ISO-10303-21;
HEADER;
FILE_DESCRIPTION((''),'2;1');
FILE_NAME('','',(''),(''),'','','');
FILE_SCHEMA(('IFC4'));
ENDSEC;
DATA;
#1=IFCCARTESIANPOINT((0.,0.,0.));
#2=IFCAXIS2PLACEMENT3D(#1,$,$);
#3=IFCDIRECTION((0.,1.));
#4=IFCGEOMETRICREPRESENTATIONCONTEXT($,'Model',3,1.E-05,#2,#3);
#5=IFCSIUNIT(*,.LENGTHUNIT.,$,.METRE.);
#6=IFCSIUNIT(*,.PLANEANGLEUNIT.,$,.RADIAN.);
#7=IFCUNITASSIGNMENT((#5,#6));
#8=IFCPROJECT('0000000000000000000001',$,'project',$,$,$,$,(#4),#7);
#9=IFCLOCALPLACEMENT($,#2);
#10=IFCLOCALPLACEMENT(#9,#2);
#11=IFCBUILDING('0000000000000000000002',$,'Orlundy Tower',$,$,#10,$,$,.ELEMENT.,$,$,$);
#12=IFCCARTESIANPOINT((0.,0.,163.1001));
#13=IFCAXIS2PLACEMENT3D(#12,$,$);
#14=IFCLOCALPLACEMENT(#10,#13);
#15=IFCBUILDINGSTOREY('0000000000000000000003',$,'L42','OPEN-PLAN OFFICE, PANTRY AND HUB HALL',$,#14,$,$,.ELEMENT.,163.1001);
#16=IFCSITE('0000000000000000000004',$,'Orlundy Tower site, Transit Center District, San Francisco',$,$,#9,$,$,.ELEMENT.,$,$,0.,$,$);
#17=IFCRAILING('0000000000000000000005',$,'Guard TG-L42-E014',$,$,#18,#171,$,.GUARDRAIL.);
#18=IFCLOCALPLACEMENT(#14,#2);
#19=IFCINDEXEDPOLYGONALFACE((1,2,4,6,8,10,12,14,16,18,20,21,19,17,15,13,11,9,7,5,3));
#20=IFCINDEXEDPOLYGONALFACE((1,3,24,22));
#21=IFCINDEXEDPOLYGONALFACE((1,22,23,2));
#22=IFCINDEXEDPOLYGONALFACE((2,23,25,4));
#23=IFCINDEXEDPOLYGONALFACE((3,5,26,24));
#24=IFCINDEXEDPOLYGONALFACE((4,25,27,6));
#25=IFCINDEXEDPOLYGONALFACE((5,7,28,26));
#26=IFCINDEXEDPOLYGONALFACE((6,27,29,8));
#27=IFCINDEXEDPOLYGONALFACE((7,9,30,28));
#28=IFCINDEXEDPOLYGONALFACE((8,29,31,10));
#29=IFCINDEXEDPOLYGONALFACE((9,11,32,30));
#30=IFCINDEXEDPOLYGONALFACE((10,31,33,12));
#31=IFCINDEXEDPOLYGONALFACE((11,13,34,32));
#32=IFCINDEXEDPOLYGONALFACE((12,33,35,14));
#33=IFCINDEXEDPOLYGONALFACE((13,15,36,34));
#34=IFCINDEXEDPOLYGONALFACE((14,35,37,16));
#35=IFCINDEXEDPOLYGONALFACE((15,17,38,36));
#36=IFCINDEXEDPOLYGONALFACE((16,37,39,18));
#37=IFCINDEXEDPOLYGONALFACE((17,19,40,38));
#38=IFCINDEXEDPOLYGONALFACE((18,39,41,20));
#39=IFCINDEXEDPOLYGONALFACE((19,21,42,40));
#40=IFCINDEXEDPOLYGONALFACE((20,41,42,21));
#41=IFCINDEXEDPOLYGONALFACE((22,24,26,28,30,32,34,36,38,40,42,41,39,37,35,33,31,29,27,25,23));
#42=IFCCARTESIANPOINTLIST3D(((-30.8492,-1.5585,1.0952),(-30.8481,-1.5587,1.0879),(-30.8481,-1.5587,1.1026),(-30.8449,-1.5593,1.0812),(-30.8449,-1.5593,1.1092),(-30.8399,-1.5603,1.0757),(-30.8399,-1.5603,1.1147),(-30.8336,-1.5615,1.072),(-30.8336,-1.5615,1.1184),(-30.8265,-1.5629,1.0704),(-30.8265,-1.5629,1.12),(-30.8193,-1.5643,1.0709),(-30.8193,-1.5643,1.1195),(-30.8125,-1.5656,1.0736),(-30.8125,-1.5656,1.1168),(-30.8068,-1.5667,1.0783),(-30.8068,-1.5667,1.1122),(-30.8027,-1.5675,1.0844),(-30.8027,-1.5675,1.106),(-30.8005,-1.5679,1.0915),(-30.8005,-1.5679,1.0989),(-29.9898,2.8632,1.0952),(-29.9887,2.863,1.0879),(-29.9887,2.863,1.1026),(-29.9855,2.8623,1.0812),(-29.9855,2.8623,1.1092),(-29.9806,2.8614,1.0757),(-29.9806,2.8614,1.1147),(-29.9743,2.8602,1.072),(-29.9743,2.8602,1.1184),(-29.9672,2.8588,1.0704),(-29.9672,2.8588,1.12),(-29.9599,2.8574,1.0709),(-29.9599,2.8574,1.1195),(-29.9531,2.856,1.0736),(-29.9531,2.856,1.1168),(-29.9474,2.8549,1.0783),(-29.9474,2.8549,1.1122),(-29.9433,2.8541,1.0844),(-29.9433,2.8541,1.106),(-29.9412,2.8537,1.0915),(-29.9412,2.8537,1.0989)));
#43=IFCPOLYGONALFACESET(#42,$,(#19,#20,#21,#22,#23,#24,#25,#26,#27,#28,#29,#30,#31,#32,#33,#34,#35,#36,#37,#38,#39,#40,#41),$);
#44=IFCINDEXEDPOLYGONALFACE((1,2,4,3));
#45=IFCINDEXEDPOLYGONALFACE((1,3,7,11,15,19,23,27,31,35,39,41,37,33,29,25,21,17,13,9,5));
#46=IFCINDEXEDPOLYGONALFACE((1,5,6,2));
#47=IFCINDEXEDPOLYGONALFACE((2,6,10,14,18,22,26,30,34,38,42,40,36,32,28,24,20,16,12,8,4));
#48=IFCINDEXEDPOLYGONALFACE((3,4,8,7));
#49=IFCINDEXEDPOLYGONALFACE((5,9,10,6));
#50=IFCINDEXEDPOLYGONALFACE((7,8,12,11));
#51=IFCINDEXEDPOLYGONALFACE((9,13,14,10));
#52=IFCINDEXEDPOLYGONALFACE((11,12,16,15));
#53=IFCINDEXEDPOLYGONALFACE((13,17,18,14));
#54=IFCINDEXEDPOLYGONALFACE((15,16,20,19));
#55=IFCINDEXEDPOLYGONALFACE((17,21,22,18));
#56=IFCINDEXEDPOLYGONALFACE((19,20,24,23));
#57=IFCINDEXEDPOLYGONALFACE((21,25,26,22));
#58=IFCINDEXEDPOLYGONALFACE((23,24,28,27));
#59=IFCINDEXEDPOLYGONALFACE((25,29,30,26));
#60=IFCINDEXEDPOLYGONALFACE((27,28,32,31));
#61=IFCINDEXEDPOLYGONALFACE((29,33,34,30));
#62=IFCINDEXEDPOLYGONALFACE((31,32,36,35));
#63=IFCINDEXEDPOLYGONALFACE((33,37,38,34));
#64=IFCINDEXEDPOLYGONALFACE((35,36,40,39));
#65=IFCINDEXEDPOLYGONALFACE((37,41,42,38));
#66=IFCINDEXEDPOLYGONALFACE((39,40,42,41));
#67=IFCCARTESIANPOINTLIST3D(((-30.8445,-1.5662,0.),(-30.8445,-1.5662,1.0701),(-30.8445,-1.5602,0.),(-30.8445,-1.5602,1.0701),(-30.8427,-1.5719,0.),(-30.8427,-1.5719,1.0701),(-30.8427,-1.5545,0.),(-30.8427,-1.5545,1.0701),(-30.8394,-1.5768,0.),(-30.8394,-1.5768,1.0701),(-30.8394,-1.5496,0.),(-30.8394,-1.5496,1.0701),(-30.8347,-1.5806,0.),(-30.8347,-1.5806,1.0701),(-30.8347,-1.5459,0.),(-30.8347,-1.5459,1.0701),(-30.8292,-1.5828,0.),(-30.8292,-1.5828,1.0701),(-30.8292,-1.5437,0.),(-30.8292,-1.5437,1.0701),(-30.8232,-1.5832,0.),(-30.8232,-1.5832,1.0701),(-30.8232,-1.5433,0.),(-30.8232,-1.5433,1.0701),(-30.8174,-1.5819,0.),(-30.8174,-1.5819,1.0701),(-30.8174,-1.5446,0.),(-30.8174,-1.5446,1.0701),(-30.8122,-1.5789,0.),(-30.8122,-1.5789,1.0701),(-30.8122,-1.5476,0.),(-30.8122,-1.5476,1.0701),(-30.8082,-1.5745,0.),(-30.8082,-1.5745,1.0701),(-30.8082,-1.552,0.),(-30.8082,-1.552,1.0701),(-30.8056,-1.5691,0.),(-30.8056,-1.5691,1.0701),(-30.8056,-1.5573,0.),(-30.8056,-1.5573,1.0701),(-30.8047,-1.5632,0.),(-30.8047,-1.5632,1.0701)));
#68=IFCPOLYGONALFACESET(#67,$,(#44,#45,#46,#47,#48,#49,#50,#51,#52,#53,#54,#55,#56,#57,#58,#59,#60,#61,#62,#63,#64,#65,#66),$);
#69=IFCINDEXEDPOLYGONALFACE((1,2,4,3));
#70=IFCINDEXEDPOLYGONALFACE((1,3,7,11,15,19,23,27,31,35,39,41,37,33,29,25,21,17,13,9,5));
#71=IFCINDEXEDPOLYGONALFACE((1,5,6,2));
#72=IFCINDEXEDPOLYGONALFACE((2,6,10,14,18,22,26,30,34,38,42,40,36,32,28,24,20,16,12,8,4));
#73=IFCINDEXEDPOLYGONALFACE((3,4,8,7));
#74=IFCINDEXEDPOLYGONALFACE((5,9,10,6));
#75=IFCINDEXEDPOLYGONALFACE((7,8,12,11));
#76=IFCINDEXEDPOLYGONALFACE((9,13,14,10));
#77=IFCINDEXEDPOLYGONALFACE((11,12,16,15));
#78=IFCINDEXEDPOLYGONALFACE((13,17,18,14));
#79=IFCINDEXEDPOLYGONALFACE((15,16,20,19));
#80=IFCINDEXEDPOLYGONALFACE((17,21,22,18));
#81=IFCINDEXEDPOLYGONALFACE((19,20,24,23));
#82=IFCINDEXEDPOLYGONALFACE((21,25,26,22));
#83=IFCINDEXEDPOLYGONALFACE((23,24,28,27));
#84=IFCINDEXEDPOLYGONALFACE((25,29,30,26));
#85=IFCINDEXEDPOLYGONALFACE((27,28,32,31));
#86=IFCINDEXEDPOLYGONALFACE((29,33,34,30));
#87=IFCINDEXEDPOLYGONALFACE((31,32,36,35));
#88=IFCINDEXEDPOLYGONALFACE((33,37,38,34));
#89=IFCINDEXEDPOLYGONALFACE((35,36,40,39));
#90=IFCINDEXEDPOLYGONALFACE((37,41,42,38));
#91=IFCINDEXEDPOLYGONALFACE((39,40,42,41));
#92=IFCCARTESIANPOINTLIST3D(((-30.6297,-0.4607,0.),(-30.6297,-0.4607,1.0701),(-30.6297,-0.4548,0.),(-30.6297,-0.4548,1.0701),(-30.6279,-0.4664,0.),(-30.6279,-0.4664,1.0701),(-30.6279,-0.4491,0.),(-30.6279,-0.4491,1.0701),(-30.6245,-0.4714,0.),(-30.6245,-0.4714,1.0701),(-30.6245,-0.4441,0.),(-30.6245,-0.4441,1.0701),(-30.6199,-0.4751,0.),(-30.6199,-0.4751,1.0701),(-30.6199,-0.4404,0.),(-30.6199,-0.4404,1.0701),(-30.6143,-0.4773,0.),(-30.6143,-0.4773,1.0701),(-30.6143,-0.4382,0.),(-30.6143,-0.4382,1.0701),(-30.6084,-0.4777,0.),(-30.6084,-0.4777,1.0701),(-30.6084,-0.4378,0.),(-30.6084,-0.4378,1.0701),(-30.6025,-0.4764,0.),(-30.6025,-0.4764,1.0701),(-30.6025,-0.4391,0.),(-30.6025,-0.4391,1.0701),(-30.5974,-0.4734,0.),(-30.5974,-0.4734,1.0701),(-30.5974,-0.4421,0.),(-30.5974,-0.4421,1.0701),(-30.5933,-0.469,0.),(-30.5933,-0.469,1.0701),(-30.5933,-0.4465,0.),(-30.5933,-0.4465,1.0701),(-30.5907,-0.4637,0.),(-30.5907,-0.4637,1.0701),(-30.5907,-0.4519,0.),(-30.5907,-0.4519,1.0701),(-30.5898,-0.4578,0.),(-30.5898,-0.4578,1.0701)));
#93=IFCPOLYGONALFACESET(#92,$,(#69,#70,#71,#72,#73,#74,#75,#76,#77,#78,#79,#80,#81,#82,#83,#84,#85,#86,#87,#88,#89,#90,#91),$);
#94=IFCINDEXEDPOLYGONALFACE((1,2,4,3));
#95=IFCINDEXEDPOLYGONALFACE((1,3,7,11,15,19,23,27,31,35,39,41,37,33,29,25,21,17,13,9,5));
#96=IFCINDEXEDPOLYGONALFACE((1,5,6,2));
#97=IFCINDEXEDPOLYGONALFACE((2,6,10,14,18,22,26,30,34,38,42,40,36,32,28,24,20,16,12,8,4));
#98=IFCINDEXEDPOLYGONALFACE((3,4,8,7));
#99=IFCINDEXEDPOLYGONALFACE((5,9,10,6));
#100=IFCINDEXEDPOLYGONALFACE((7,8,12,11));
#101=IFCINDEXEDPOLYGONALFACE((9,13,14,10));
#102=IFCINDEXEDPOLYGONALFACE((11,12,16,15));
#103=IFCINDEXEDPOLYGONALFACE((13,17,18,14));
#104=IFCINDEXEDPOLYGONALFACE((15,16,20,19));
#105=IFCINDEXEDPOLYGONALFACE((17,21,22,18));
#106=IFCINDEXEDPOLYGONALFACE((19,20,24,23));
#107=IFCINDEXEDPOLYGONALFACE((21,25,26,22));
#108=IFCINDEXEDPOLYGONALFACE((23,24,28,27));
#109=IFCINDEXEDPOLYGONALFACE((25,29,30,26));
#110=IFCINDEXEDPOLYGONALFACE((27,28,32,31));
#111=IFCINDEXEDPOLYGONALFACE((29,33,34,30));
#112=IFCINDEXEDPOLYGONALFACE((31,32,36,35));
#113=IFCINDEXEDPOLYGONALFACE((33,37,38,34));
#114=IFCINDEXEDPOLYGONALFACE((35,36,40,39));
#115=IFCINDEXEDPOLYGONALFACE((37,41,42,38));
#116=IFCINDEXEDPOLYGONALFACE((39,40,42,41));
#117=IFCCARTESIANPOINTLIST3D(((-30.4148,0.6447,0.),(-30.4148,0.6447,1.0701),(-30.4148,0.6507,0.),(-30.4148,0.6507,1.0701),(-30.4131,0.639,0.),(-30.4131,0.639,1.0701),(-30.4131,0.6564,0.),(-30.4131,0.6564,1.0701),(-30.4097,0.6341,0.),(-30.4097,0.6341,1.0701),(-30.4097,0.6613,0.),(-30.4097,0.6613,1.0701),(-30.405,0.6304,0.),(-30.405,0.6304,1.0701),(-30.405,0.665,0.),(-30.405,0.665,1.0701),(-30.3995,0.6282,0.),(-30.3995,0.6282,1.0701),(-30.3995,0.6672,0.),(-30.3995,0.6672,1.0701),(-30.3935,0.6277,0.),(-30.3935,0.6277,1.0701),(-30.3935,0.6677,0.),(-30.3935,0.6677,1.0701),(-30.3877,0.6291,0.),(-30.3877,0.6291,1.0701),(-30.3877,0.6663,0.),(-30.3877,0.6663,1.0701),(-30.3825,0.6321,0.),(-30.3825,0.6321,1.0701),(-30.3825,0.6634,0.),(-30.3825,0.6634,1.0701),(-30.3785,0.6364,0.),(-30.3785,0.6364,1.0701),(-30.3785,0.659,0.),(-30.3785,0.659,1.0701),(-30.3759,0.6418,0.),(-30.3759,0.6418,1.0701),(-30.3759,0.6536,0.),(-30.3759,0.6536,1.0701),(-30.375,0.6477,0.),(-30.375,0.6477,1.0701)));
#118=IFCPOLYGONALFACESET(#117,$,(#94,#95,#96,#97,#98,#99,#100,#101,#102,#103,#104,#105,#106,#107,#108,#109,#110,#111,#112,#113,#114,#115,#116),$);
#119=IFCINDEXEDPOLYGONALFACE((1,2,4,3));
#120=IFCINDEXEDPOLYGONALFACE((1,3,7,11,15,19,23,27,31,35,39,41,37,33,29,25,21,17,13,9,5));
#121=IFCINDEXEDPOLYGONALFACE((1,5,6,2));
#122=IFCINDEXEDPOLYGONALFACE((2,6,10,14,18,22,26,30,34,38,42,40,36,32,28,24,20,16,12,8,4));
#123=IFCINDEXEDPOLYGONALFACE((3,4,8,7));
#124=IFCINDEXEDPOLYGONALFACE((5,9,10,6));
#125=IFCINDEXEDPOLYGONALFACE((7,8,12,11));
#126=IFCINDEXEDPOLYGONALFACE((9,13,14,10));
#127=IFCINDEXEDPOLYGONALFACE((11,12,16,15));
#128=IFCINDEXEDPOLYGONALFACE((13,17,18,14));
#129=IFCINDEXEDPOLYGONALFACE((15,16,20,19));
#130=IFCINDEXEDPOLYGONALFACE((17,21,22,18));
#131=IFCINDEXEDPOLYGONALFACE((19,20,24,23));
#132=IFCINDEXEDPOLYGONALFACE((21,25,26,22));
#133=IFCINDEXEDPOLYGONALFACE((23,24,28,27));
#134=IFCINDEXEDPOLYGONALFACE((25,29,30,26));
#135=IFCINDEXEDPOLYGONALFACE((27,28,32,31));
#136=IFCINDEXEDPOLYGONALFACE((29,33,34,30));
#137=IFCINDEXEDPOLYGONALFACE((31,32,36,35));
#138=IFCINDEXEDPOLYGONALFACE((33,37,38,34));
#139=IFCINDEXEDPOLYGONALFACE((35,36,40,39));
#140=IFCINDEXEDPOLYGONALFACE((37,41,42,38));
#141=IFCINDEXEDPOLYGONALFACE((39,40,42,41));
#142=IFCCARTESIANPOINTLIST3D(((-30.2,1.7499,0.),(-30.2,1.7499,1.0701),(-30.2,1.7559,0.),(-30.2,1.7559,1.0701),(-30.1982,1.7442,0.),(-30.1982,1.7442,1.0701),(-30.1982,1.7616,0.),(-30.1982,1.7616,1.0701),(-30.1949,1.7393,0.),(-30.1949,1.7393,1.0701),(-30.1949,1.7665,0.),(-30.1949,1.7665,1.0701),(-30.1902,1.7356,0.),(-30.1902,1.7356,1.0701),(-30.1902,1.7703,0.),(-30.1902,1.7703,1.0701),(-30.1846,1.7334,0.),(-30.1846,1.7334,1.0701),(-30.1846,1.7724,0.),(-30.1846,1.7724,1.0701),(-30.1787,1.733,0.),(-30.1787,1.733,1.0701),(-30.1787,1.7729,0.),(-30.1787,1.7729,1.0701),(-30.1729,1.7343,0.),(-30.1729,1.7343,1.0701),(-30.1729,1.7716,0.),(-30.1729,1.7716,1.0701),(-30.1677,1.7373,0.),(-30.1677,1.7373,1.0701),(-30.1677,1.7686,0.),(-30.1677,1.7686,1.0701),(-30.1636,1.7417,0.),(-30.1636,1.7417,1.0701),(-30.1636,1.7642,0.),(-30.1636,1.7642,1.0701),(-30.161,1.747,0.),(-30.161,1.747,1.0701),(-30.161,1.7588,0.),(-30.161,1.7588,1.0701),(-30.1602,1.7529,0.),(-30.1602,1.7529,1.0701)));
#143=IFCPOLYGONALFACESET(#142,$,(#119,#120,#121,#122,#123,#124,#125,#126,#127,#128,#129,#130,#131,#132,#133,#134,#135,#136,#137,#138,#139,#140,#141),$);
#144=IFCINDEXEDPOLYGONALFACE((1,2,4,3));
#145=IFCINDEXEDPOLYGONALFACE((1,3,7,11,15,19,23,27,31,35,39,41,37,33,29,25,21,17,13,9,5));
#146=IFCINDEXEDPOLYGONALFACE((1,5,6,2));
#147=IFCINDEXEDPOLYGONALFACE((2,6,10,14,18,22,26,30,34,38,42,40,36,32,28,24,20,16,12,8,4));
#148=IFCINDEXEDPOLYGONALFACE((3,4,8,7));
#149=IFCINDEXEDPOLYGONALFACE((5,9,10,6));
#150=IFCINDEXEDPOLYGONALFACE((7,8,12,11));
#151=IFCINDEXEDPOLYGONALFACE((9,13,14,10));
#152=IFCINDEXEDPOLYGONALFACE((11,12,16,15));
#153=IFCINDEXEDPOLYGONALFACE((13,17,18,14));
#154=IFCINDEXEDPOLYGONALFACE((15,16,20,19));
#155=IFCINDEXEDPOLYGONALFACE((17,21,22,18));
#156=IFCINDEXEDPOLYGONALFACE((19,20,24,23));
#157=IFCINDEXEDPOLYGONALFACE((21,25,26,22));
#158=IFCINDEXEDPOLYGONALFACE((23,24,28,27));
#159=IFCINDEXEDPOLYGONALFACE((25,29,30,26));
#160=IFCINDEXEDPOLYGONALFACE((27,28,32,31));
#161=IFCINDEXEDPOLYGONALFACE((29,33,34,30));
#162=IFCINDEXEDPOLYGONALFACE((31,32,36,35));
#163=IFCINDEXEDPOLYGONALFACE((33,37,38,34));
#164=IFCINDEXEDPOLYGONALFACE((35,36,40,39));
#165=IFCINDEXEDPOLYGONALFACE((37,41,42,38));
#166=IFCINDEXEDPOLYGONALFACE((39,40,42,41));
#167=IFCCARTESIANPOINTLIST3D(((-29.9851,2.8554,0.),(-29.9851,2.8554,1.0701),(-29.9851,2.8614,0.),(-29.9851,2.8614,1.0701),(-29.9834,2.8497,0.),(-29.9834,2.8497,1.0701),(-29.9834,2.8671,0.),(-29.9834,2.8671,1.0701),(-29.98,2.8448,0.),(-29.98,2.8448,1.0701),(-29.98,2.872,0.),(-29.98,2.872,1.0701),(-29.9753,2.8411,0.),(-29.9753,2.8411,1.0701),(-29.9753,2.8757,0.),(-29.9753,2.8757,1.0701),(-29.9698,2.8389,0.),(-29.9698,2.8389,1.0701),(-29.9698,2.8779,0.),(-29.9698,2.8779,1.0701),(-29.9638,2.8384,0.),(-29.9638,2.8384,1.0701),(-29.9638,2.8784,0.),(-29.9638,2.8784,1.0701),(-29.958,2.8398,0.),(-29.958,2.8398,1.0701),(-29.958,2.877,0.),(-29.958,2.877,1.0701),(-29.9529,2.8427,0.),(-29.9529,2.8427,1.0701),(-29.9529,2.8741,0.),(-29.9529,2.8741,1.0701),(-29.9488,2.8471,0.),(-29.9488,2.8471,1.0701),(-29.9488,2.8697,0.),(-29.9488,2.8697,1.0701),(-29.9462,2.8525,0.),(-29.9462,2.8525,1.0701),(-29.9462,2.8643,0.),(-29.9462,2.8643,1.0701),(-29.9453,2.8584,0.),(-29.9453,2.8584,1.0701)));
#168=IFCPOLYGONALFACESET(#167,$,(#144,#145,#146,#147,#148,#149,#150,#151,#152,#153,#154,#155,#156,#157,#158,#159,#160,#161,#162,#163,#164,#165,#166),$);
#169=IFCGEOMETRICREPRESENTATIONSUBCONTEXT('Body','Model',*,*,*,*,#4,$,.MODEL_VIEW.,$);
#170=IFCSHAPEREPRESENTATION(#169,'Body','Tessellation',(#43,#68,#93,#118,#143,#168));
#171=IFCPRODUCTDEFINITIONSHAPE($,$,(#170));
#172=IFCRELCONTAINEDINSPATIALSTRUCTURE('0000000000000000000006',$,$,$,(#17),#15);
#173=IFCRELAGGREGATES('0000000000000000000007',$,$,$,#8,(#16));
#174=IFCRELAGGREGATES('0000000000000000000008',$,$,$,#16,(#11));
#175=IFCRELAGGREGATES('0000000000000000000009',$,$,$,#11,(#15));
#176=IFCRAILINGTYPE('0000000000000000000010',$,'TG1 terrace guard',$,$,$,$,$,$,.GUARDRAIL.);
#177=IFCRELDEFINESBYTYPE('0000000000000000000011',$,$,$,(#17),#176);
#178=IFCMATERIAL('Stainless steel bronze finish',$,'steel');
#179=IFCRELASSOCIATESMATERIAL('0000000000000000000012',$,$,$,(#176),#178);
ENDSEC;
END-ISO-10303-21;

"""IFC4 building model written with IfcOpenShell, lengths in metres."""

from ifc_helpers import new_model, si_unit, direction, frame, origin, origin_2d, place, context, subcontext, project, spatial, circle, extrude, material, type_object, element, save


model = new_model("IFC4")

# Units and contexts
model_context = context("Model", 3, precision=1e-05, world=origin(), true_north=direction((0.0, 1.0)))
body_context = subcontext(model_context, "Body", "Model", "MODEL_VIEW")
ifc_project = project(units=[si_unit("LENGTHUNIT", "METRE"), si_unit("PLANEANGLEUNIT", "RADIAN")], contexts=[model_context])

# Site, building, storey
site_placement = place(None, origin())
site = spatial("IfcSite", under=ifc_project, at=site_placement, Name="Orlundy Tower site, Transit Center District, San Francisco", CompositionType="ELEMENT", RefElevation=0.0)
building_placement = place(site_placement, origin())
building = spatial("IfcBuilding", under=site, at=building_placement, Name="Orlundy Tower", CompositionType="ELEMENT")
storey_placement = place(building_placement, frame((0.0, 0.0, 163.1001)))
storey = spatial("IfcBuildingStorey", under=building, at=storey_placement, Name="L42", Description="OPEN-PLAN OFFICE, PANTRY AND HUB HALL", CompositionType="ELEMENT", Elevation=163.1001)

# Railing
ifc_material_1 = material(Name="Stainless steel bronze finish", Category="steel")
railing_type = type_object("IfcRailingType", Name="TG1 terrace guard", PredefinedType="GUARDRAIL", material=ifc_material_1)
railing_1_placement = place(storey_placement, frame((-30.8247, -1.5632, 0.0)))
element("IfcRailing", 1, at=railing_1_placement, inside=storey, type_object=railing_type, Name="Guard TG-L42-E014", PredefinedType="GUARDRAIL", context=body_context, shape_type="SweptSolid", body=[
    extrude(circle(Radius=0.0249, at=origin_2d()), frame((0.0, 0.0, 1.0952), z_axis=(0.190787, 0.981631, 0.0), x_axis=(-0.981631, 0.190787, 0.0)), (0.0, 0.0, 1.0), 4.5044),
    extrude(circle(Radius=0.02, at=origin_2d()), origin(), (0.0, 0.0, 1.0), 1.0701),
    extrude(circle(Radius=0.02, at=origin_2d()), frame((0.2148, 1.1055, 0.0)), (0.0, 0.0, 1.0), 1.0701),
    extrude(circle(Radius=0.02, at=origin_2d()), frame((0.4297, 2.2109, 0.0)), (0.0, 0.0, 1.0), 1.0701),
    extrude(circle(Radius=0.02, at=origin_2d()), frame((0.6445, 3.3162, 0.0)), (0.0, 0.0, 1.0), 1.0701),
    extrude(circle(Radius=0.02, at=origin_2d()), frame((0.8594, 4.4216, 0.0)), (0.0, 0.0, 1.0), 1.0701),
])

save(model, "model.ifc")
